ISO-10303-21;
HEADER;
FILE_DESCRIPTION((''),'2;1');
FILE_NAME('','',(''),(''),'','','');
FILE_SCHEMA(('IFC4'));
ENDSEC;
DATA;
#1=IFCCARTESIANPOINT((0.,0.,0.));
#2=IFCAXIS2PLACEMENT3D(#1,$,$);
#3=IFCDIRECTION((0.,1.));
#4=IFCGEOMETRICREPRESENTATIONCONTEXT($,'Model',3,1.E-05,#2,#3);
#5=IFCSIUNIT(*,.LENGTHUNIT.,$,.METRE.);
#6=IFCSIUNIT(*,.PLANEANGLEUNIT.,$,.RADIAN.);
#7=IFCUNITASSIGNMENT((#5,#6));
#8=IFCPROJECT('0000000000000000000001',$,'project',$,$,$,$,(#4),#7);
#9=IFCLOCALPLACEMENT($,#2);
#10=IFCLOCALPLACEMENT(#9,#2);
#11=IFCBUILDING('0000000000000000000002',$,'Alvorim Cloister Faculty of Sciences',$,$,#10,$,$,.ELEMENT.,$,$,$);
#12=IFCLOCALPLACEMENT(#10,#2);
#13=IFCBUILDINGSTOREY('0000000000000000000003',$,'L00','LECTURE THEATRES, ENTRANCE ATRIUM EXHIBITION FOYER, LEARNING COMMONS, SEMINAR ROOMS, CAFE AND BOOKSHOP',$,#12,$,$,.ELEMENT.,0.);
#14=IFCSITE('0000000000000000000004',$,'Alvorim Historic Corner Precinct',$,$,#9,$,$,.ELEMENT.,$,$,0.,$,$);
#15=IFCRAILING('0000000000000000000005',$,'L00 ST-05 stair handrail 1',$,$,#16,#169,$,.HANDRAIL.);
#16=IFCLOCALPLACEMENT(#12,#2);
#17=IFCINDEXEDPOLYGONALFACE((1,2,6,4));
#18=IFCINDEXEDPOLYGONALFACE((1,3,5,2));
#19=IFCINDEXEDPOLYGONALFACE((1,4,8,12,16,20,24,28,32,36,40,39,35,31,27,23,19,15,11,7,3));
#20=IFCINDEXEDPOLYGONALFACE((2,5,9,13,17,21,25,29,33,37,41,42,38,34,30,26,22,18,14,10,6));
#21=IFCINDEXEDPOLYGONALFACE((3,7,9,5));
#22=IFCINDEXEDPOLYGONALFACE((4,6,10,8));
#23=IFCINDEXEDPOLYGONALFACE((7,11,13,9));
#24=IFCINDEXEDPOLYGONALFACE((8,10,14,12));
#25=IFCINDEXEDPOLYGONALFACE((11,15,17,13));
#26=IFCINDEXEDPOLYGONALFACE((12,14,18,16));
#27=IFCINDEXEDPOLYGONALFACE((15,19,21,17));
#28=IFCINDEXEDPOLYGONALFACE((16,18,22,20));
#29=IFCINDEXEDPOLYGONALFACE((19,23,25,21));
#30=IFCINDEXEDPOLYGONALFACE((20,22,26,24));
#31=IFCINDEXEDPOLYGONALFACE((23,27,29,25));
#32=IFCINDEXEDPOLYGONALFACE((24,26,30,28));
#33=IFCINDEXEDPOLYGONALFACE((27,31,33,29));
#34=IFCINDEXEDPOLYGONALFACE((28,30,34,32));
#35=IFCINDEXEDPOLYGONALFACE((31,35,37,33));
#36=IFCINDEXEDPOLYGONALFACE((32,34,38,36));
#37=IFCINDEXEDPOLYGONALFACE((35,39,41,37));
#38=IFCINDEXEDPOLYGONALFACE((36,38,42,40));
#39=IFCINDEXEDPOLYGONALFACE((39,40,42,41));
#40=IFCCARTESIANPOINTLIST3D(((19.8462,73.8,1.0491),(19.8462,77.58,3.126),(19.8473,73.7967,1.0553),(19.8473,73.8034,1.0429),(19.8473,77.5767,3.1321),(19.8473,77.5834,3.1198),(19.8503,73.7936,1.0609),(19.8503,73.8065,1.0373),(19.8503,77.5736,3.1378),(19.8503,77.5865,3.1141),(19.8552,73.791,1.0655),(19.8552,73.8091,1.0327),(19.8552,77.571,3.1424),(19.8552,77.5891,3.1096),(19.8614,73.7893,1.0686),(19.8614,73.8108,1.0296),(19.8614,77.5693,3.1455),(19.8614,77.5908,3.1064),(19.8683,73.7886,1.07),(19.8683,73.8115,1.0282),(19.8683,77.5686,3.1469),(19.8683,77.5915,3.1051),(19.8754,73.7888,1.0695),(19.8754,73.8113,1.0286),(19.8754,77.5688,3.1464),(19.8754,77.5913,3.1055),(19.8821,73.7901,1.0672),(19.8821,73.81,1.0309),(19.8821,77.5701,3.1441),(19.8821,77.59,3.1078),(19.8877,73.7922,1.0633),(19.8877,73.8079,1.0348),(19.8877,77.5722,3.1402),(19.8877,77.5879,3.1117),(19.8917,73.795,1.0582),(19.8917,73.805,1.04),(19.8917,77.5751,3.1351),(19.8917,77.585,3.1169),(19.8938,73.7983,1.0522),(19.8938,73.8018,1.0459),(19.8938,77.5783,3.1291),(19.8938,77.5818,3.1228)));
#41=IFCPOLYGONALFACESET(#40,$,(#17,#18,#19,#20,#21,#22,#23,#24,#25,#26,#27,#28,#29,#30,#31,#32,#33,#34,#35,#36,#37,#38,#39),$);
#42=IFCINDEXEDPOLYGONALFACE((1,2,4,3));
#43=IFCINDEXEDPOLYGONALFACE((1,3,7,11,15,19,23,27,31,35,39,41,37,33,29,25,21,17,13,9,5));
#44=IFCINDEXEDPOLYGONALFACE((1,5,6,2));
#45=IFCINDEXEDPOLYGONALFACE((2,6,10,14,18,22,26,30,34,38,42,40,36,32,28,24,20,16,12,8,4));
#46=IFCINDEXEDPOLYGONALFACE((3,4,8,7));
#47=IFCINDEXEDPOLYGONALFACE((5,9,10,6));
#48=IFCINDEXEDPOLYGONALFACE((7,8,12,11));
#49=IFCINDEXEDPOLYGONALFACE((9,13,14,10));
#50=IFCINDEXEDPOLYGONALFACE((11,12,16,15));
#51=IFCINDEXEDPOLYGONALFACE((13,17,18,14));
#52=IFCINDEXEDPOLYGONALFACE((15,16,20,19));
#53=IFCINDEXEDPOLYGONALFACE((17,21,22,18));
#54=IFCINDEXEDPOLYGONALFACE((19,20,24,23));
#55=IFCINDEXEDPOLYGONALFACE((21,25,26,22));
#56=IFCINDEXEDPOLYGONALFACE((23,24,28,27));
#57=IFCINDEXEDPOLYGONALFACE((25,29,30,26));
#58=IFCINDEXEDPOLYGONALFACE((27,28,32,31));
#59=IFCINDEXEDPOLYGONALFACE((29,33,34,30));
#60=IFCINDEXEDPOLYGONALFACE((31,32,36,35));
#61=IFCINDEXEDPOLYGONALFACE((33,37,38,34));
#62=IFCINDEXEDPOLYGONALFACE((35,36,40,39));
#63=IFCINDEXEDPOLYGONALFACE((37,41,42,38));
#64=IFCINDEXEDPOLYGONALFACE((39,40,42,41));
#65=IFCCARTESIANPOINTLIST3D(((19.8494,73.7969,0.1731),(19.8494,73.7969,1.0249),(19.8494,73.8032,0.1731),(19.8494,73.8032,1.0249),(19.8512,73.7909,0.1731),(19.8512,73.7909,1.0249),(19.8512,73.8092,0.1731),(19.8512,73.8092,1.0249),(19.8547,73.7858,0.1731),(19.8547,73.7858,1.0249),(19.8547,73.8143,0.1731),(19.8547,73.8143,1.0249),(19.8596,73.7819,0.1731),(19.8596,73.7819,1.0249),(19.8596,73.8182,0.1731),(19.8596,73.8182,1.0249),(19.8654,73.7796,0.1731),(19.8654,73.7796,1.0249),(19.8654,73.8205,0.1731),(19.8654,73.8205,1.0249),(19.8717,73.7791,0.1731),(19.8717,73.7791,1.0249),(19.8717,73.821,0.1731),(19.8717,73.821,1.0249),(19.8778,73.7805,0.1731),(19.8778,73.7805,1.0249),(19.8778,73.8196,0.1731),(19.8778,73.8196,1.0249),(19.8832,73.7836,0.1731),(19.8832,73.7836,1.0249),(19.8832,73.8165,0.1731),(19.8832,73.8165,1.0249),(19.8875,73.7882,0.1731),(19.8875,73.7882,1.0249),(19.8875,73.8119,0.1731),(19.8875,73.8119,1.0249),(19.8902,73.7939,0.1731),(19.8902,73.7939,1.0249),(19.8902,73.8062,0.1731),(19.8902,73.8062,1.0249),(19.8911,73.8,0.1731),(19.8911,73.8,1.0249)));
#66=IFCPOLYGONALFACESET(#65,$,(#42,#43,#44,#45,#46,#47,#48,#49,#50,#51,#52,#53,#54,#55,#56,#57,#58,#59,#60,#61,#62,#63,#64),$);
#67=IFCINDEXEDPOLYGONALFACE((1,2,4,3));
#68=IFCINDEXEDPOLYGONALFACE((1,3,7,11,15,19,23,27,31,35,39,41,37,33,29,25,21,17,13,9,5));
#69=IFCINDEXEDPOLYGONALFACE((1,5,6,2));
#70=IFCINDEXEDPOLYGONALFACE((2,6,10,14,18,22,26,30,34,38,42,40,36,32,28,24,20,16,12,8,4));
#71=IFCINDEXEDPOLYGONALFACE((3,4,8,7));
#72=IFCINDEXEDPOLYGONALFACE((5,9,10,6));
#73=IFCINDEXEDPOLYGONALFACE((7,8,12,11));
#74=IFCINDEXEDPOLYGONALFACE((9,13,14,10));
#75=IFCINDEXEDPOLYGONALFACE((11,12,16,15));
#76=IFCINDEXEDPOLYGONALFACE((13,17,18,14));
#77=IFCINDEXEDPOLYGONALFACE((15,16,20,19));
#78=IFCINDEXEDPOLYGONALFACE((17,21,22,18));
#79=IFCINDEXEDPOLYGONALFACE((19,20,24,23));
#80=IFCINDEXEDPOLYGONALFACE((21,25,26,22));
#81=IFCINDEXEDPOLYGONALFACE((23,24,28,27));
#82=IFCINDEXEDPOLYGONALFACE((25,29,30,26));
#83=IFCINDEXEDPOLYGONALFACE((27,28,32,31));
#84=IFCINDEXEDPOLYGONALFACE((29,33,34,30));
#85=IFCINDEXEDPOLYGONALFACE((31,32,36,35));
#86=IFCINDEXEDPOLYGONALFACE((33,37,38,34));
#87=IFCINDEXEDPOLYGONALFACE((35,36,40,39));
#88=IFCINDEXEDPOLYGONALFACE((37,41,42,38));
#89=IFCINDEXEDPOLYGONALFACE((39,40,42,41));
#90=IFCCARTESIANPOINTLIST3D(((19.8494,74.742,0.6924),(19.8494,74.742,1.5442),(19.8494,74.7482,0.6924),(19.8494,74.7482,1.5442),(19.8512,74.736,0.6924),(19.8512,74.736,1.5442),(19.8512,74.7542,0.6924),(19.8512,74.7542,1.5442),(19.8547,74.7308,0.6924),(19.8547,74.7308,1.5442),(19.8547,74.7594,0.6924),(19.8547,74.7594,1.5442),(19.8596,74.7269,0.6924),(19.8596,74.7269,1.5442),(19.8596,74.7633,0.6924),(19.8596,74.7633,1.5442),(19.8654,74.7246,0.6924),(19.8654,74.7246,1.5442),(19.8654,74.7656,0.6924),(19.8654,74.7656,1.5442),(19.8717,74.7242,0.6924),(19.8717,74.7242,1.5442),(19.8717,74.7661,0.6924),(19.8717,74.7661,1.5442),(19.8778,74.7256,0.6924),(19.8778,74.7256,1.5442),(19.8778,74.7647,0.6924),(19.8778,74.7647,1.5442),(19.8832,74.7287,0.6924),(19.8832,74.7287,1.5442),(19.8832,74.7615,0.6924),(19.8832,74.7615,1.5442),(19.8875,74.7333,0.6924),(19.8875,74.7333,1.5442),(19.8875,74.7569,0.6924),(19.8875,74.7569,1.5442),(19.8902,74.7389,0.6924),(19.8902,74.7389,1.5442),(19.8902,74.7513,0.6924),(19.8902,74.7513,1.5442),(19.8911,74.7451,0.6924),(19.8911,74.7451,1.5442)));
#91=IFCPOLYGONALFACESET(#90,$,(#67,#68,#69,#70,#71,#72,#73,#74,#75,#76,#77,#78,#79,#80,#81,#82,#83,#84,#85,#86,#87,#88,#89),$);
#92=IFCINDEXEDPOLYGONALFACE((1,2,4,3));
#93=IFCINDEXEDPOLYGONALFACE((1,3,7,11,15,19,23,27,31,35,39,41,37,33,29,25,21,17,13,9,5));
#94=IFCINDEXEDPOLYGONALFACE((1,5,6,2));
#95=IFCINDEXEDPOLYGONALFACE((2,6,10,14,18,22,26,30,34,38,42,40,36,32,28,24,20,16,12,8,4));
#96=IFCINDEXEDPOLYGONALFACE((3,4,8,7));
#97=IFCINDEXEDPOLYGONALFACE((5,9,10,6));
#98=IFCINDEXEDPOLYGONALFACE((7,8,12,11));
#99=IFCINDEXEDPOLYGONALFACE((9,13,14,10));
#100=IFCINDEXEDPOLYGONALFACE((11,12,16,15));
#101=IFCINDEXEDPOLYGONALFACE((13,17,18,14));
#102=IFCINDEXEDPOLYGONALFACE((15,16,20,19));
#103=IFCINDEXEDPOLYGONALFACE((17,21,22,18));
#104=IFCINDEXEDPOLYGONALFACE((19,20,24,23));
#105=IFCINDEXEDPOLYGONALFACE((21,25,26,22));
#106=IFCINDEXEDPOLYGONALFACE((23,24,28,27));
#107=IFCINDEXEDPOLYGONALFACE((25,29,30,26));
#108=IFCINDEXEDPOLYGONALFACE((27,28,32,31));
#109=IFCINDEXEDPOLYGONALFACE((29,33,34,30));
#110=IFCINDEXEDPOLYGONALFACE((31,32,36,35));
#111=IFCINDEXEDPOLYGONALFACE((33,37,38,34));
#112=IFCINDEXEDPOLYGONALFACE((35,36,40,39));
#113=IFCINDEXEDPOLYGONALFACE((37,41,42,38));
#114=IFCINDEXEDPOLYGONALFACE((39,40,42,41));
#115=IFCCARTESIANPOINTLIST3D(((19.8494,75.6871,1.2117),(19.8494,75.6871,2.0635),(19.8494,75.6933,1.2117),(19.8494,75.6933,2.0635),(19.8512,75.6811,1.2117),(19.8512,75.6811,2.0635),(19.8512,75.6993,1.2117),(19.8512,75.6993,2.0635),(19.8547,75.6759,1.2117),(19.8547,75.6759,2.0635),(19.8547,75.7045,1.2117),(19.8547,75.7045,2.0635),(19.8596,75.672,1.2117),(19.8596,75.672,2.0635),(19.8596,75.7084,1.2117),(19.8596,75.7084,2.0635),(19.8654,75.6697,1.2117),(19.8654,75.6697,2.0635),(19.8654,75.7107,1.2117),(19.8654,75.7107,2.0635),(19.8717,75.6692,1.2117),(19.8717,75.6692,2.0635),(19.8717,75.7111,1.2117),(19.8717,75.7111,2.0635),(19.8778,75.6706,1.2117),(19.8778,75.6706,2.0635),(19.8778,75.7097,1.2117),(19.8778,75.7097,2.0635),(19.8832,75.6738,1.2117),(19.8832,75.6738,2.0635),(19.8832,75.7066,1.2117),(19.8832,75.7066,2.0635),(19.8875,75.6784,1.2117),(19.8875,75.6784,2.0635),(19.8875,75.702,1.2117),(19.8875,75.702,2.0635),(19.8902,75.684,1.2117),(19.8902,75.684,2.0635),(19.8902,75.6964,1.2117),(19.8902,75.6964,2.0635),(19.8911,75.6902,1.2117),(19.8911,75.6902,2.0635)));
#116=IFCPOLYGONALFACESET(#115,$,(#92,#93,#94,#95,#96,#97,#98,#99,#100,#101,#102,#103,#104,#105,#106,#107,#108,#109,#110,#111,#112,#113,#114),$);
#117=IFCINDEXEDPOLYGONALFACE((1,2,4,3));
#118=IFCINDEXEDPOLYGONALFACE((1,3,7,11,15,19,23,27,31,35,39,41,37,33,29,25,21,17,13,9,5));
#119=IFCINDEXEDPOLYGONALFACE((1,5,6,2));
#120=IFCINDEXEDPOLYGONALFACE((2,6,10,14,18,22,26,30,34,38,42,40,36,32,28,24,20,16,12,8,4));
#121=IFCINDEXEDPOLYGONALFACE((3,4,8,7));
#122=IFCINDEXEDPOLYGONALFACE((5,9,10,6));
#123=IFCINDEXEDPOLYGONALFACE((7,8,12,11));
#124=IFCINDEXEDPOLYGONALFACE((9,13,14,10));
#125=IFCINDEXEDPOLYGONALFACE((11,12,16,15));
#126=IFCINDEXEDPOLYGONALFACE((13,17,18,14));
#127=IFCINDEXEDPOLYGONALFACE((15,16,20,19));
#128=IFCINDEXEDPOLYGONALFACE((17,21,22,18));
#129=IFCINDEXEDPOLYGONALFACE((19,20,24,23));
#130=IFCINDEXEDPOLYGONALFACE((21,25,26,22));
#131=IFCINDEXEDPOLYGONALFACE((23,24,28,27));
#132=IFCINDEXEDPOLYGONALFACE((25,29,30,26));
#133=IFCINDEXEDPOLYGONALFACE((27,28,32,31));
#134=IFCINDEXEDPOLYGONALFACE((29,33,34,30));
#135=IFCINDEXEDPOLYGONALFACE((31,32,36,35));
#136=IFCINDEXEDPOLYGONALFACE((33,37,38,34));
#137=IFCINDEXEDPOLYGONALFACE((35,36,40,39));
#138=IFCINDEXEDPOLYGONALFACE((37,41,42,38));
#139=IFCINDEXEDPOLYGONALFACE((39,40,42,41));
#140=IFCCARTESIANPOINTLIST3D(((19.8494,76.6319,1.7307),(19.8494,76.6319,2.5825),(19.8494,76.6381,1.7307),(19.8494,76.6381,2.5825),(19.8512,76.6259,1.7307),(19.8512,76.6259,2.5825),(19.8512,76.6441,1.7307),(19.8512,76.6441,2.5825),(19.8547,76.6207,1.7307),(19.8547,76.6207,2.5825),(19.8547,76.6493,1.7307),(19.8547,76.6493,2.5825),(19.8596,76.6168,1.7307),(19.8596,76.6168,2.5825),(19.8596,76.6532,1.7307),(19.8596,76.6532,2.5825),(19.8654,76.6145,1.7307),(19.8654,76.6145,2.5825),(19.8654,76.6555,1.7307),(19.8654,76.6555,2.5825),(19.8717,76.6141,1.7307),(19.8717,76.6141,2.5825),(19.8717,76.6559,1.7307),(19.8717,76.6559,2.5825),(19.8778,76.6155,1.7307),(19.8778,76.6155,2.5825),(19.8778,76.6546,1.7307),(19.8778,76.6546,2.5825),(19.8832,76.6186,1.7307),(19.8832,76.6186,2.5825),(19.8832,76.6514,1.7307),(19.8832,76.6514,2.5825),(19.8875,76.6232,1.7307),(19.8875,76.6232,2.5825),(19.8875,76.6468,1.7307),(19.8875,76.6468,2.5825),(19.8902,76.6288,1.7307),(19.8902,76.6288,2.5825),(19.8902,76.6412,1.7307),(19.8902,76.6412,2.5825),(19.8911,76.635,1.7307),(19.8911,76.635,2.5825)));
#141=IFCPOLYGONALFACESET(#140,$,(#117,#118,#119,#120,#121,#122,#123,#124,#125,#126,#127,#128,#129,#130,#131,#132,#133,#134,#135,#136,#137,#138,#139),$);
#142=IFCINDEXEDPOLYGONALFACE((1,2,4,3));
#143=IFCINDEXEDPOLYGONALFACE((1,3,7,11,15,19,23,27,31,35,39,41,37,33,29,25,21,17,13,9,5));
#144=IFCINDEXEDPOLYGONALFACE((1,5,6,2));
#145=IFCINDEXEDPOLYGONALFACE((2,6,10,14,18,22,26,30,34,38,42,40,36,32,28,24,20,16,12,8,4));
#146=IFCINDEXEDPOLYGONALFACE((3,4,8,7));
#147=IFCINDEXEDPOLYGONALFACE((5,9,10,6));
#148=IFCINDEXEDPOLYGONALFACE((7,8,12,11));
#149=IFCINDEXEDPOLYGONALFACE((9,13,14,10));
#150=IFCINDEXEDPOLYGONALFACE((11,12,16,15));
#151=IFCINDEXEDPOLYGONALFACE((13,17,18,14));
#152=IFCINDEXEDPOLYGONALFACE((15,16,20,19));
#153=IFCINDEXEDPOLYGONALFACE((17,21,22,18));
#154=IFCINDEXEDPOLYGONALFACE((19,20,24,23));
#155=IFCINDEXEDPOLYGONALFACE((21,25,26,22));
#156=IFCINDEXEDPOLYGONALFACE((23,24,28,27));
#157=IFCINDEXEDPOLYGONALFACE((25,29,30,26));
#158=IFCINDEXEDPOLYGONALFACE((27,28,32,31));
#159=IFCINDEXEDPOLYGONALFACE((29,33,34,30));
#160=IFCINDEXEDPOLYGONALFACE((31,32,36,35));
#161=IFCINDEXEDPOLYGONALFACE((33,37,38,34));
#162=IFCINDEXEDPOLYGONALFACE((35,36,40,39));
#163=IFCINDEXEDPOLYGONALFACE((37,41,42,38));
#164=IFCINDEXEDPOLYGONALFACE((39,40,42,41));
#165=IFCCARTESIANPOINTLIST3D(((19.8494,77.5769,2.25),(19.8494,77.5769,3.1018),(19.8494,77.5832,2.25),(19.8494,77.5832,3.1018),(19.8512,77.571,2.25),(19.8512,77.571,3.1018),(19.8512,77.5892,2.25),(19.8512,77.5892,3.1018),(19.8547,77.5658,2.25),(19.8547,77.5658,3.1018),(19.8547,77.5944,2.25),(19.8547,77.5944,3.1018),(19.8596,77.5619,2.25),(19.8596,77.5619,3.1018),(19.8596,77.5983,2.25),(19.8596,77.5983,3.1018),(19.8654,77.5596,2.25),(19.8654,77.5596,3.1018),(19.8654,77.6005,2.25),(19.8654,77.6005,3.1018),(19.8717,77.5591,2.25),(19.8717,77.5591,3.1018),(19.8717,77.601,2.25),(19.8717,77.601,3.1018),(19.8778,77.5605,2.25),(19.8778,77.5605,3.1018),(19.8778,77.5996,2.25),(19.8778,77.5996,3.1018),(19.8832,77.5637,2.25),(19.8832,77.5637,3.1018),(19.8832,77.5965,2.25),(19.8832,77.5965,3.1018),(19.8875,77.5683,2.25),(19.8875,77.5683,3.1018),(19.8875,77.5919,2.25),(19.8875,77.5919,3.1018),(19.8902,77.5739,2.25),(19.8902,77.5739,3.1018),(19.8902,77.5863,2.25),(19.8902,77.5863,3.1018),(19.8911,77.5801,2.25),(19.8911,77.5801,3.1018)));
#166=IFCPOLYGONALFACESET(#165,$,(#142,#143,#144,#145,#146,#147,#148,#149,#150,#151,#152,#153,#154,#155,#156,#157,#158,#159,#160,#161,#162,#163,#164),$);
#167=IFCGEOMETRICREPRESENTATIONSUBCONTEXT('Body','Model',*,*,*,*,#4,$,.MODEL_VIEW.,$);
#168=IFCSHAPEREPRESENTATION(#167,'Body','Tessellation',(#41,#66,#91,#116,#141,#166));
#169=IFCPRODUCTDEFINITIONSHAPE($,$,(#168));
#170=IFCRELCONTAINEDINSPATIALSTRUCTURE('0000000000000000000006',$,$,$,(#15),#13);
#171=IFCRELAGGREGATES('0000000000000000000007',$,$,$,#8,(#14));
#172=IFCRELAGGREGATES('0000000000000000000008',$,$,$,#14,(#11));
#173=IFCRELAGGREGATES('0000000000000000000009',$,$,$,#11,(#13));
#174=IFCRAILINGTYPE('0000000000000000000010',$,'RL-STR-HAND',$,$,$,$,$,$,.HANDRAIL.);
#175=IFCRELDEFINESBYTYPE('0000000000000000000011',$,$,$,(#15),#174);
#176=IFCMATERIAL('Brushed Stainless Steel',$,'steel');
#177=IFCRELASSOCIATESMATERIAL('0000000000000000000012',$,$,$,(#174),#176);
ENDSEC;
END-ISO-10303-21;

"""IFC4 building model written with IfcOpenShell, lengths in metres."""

from ifc_helpers import new_model, si_unit, direction, frame, origin, origin_2d, place, context, subcontext, project, spatial, circle, extrude, material, type_object, element, save


model = new_model("IFC4")

# Units and contexts
model_context = context("Model", 3, precision=1e-05, world=origin(), true_north=direction((0.0, 1.0)))
body_context = subcontext(model_context, "Body", "Model", "MODEL_VIEW")
ifc_project = project(units=[si_unit("LENGTHUNIT", "METRE"), si_unit("PLANEANGLEUNIT", "RADIAN")], contexts=[model_context])

# Site, building, storey
site_placement = place(None, origin())
site = spatial("IfcSite", under=ifc_project, at=site_placement, Name="Alvorim Historic Corner Precinct", CompositionType="ELEMENT", RefElevation=0.0)
building_placement = place(site_placement, origin())
building = spatial("IfcBuilding", under=site, at=building_placement, Name="Alvorim Cloister Faculty of Sciences", CompositionType="ELEMENT")
storey_placement = place(building_placement, origin())
storey = spatial("IfcBuildingStorey", under=building, at=storey_placement, Name="L00", Description="LECTURE THEATRES, ENTRANCE ATRIUM EXHIBITION FOYER, LEARNING COMMONS, SEMINAR ROOMS, CAFE AND BOOKSHOP", CompositionType="ELEMENT", Elevation=0.0)

# Railing
ifc_material_1 = material(Name="Brushed Stainless Steel", Category="steel")
railing_type_1 = type_object("IfcRailingType", Name="RL-STR-HAND", PredefinedType="HANDRAIL", material=ifc_material_1)
railing_1_placement = place(storey_placement, frame((19.8701, 73.8, 0.1731)))
element("IfcRailing", 1, at=railing_1_placement, inside=storey, type_object=railing_type_1, Name="L00 ST-05 stair handrail 1", PredefinedType="HANDRAIL", context=body_context, shape_type="SweptSolid", body=[
    extrude(circle(Radius=0.0239, at=origin_2d()), frame((0.0, 0.0, 0.876), z_axis=(0.0, 0.876423, 0.481543), x_axis=(-1.0, 0.0, 0.0)), (0.0, 0.0, 1.0), 4.313),
    extrude(circle(Radius=0.021, at=origin_2d()), origin(), (0.0, 0.0, 1.0), 0.8518),
    extrude(circle(Radius=0.021, at=origin_2d()), frame((0.0, 0.9451, 0.5193)), (0.0, 0.0, 1.0), 0.8518),
    extrude(circle(Radius=0.021, at=origin_2d()), frame((0.0, 1.8901, 1.0386)), (0.0, 0.0, 1.0), 0.8518),
    extrude(circle(Radius=0.021, at=origin_2d()), frame((0.0, 2.835, 1.5576)), (0.0, 0.0, 1.0), 0.8518),
    extrude(circle(Radius=0.021, at=origin_2d()), frame((0.0, 3.78, 2.0769)), (0.0, 0.0, 1.0), 0.8518),
])

save(model, "model.ifc")
